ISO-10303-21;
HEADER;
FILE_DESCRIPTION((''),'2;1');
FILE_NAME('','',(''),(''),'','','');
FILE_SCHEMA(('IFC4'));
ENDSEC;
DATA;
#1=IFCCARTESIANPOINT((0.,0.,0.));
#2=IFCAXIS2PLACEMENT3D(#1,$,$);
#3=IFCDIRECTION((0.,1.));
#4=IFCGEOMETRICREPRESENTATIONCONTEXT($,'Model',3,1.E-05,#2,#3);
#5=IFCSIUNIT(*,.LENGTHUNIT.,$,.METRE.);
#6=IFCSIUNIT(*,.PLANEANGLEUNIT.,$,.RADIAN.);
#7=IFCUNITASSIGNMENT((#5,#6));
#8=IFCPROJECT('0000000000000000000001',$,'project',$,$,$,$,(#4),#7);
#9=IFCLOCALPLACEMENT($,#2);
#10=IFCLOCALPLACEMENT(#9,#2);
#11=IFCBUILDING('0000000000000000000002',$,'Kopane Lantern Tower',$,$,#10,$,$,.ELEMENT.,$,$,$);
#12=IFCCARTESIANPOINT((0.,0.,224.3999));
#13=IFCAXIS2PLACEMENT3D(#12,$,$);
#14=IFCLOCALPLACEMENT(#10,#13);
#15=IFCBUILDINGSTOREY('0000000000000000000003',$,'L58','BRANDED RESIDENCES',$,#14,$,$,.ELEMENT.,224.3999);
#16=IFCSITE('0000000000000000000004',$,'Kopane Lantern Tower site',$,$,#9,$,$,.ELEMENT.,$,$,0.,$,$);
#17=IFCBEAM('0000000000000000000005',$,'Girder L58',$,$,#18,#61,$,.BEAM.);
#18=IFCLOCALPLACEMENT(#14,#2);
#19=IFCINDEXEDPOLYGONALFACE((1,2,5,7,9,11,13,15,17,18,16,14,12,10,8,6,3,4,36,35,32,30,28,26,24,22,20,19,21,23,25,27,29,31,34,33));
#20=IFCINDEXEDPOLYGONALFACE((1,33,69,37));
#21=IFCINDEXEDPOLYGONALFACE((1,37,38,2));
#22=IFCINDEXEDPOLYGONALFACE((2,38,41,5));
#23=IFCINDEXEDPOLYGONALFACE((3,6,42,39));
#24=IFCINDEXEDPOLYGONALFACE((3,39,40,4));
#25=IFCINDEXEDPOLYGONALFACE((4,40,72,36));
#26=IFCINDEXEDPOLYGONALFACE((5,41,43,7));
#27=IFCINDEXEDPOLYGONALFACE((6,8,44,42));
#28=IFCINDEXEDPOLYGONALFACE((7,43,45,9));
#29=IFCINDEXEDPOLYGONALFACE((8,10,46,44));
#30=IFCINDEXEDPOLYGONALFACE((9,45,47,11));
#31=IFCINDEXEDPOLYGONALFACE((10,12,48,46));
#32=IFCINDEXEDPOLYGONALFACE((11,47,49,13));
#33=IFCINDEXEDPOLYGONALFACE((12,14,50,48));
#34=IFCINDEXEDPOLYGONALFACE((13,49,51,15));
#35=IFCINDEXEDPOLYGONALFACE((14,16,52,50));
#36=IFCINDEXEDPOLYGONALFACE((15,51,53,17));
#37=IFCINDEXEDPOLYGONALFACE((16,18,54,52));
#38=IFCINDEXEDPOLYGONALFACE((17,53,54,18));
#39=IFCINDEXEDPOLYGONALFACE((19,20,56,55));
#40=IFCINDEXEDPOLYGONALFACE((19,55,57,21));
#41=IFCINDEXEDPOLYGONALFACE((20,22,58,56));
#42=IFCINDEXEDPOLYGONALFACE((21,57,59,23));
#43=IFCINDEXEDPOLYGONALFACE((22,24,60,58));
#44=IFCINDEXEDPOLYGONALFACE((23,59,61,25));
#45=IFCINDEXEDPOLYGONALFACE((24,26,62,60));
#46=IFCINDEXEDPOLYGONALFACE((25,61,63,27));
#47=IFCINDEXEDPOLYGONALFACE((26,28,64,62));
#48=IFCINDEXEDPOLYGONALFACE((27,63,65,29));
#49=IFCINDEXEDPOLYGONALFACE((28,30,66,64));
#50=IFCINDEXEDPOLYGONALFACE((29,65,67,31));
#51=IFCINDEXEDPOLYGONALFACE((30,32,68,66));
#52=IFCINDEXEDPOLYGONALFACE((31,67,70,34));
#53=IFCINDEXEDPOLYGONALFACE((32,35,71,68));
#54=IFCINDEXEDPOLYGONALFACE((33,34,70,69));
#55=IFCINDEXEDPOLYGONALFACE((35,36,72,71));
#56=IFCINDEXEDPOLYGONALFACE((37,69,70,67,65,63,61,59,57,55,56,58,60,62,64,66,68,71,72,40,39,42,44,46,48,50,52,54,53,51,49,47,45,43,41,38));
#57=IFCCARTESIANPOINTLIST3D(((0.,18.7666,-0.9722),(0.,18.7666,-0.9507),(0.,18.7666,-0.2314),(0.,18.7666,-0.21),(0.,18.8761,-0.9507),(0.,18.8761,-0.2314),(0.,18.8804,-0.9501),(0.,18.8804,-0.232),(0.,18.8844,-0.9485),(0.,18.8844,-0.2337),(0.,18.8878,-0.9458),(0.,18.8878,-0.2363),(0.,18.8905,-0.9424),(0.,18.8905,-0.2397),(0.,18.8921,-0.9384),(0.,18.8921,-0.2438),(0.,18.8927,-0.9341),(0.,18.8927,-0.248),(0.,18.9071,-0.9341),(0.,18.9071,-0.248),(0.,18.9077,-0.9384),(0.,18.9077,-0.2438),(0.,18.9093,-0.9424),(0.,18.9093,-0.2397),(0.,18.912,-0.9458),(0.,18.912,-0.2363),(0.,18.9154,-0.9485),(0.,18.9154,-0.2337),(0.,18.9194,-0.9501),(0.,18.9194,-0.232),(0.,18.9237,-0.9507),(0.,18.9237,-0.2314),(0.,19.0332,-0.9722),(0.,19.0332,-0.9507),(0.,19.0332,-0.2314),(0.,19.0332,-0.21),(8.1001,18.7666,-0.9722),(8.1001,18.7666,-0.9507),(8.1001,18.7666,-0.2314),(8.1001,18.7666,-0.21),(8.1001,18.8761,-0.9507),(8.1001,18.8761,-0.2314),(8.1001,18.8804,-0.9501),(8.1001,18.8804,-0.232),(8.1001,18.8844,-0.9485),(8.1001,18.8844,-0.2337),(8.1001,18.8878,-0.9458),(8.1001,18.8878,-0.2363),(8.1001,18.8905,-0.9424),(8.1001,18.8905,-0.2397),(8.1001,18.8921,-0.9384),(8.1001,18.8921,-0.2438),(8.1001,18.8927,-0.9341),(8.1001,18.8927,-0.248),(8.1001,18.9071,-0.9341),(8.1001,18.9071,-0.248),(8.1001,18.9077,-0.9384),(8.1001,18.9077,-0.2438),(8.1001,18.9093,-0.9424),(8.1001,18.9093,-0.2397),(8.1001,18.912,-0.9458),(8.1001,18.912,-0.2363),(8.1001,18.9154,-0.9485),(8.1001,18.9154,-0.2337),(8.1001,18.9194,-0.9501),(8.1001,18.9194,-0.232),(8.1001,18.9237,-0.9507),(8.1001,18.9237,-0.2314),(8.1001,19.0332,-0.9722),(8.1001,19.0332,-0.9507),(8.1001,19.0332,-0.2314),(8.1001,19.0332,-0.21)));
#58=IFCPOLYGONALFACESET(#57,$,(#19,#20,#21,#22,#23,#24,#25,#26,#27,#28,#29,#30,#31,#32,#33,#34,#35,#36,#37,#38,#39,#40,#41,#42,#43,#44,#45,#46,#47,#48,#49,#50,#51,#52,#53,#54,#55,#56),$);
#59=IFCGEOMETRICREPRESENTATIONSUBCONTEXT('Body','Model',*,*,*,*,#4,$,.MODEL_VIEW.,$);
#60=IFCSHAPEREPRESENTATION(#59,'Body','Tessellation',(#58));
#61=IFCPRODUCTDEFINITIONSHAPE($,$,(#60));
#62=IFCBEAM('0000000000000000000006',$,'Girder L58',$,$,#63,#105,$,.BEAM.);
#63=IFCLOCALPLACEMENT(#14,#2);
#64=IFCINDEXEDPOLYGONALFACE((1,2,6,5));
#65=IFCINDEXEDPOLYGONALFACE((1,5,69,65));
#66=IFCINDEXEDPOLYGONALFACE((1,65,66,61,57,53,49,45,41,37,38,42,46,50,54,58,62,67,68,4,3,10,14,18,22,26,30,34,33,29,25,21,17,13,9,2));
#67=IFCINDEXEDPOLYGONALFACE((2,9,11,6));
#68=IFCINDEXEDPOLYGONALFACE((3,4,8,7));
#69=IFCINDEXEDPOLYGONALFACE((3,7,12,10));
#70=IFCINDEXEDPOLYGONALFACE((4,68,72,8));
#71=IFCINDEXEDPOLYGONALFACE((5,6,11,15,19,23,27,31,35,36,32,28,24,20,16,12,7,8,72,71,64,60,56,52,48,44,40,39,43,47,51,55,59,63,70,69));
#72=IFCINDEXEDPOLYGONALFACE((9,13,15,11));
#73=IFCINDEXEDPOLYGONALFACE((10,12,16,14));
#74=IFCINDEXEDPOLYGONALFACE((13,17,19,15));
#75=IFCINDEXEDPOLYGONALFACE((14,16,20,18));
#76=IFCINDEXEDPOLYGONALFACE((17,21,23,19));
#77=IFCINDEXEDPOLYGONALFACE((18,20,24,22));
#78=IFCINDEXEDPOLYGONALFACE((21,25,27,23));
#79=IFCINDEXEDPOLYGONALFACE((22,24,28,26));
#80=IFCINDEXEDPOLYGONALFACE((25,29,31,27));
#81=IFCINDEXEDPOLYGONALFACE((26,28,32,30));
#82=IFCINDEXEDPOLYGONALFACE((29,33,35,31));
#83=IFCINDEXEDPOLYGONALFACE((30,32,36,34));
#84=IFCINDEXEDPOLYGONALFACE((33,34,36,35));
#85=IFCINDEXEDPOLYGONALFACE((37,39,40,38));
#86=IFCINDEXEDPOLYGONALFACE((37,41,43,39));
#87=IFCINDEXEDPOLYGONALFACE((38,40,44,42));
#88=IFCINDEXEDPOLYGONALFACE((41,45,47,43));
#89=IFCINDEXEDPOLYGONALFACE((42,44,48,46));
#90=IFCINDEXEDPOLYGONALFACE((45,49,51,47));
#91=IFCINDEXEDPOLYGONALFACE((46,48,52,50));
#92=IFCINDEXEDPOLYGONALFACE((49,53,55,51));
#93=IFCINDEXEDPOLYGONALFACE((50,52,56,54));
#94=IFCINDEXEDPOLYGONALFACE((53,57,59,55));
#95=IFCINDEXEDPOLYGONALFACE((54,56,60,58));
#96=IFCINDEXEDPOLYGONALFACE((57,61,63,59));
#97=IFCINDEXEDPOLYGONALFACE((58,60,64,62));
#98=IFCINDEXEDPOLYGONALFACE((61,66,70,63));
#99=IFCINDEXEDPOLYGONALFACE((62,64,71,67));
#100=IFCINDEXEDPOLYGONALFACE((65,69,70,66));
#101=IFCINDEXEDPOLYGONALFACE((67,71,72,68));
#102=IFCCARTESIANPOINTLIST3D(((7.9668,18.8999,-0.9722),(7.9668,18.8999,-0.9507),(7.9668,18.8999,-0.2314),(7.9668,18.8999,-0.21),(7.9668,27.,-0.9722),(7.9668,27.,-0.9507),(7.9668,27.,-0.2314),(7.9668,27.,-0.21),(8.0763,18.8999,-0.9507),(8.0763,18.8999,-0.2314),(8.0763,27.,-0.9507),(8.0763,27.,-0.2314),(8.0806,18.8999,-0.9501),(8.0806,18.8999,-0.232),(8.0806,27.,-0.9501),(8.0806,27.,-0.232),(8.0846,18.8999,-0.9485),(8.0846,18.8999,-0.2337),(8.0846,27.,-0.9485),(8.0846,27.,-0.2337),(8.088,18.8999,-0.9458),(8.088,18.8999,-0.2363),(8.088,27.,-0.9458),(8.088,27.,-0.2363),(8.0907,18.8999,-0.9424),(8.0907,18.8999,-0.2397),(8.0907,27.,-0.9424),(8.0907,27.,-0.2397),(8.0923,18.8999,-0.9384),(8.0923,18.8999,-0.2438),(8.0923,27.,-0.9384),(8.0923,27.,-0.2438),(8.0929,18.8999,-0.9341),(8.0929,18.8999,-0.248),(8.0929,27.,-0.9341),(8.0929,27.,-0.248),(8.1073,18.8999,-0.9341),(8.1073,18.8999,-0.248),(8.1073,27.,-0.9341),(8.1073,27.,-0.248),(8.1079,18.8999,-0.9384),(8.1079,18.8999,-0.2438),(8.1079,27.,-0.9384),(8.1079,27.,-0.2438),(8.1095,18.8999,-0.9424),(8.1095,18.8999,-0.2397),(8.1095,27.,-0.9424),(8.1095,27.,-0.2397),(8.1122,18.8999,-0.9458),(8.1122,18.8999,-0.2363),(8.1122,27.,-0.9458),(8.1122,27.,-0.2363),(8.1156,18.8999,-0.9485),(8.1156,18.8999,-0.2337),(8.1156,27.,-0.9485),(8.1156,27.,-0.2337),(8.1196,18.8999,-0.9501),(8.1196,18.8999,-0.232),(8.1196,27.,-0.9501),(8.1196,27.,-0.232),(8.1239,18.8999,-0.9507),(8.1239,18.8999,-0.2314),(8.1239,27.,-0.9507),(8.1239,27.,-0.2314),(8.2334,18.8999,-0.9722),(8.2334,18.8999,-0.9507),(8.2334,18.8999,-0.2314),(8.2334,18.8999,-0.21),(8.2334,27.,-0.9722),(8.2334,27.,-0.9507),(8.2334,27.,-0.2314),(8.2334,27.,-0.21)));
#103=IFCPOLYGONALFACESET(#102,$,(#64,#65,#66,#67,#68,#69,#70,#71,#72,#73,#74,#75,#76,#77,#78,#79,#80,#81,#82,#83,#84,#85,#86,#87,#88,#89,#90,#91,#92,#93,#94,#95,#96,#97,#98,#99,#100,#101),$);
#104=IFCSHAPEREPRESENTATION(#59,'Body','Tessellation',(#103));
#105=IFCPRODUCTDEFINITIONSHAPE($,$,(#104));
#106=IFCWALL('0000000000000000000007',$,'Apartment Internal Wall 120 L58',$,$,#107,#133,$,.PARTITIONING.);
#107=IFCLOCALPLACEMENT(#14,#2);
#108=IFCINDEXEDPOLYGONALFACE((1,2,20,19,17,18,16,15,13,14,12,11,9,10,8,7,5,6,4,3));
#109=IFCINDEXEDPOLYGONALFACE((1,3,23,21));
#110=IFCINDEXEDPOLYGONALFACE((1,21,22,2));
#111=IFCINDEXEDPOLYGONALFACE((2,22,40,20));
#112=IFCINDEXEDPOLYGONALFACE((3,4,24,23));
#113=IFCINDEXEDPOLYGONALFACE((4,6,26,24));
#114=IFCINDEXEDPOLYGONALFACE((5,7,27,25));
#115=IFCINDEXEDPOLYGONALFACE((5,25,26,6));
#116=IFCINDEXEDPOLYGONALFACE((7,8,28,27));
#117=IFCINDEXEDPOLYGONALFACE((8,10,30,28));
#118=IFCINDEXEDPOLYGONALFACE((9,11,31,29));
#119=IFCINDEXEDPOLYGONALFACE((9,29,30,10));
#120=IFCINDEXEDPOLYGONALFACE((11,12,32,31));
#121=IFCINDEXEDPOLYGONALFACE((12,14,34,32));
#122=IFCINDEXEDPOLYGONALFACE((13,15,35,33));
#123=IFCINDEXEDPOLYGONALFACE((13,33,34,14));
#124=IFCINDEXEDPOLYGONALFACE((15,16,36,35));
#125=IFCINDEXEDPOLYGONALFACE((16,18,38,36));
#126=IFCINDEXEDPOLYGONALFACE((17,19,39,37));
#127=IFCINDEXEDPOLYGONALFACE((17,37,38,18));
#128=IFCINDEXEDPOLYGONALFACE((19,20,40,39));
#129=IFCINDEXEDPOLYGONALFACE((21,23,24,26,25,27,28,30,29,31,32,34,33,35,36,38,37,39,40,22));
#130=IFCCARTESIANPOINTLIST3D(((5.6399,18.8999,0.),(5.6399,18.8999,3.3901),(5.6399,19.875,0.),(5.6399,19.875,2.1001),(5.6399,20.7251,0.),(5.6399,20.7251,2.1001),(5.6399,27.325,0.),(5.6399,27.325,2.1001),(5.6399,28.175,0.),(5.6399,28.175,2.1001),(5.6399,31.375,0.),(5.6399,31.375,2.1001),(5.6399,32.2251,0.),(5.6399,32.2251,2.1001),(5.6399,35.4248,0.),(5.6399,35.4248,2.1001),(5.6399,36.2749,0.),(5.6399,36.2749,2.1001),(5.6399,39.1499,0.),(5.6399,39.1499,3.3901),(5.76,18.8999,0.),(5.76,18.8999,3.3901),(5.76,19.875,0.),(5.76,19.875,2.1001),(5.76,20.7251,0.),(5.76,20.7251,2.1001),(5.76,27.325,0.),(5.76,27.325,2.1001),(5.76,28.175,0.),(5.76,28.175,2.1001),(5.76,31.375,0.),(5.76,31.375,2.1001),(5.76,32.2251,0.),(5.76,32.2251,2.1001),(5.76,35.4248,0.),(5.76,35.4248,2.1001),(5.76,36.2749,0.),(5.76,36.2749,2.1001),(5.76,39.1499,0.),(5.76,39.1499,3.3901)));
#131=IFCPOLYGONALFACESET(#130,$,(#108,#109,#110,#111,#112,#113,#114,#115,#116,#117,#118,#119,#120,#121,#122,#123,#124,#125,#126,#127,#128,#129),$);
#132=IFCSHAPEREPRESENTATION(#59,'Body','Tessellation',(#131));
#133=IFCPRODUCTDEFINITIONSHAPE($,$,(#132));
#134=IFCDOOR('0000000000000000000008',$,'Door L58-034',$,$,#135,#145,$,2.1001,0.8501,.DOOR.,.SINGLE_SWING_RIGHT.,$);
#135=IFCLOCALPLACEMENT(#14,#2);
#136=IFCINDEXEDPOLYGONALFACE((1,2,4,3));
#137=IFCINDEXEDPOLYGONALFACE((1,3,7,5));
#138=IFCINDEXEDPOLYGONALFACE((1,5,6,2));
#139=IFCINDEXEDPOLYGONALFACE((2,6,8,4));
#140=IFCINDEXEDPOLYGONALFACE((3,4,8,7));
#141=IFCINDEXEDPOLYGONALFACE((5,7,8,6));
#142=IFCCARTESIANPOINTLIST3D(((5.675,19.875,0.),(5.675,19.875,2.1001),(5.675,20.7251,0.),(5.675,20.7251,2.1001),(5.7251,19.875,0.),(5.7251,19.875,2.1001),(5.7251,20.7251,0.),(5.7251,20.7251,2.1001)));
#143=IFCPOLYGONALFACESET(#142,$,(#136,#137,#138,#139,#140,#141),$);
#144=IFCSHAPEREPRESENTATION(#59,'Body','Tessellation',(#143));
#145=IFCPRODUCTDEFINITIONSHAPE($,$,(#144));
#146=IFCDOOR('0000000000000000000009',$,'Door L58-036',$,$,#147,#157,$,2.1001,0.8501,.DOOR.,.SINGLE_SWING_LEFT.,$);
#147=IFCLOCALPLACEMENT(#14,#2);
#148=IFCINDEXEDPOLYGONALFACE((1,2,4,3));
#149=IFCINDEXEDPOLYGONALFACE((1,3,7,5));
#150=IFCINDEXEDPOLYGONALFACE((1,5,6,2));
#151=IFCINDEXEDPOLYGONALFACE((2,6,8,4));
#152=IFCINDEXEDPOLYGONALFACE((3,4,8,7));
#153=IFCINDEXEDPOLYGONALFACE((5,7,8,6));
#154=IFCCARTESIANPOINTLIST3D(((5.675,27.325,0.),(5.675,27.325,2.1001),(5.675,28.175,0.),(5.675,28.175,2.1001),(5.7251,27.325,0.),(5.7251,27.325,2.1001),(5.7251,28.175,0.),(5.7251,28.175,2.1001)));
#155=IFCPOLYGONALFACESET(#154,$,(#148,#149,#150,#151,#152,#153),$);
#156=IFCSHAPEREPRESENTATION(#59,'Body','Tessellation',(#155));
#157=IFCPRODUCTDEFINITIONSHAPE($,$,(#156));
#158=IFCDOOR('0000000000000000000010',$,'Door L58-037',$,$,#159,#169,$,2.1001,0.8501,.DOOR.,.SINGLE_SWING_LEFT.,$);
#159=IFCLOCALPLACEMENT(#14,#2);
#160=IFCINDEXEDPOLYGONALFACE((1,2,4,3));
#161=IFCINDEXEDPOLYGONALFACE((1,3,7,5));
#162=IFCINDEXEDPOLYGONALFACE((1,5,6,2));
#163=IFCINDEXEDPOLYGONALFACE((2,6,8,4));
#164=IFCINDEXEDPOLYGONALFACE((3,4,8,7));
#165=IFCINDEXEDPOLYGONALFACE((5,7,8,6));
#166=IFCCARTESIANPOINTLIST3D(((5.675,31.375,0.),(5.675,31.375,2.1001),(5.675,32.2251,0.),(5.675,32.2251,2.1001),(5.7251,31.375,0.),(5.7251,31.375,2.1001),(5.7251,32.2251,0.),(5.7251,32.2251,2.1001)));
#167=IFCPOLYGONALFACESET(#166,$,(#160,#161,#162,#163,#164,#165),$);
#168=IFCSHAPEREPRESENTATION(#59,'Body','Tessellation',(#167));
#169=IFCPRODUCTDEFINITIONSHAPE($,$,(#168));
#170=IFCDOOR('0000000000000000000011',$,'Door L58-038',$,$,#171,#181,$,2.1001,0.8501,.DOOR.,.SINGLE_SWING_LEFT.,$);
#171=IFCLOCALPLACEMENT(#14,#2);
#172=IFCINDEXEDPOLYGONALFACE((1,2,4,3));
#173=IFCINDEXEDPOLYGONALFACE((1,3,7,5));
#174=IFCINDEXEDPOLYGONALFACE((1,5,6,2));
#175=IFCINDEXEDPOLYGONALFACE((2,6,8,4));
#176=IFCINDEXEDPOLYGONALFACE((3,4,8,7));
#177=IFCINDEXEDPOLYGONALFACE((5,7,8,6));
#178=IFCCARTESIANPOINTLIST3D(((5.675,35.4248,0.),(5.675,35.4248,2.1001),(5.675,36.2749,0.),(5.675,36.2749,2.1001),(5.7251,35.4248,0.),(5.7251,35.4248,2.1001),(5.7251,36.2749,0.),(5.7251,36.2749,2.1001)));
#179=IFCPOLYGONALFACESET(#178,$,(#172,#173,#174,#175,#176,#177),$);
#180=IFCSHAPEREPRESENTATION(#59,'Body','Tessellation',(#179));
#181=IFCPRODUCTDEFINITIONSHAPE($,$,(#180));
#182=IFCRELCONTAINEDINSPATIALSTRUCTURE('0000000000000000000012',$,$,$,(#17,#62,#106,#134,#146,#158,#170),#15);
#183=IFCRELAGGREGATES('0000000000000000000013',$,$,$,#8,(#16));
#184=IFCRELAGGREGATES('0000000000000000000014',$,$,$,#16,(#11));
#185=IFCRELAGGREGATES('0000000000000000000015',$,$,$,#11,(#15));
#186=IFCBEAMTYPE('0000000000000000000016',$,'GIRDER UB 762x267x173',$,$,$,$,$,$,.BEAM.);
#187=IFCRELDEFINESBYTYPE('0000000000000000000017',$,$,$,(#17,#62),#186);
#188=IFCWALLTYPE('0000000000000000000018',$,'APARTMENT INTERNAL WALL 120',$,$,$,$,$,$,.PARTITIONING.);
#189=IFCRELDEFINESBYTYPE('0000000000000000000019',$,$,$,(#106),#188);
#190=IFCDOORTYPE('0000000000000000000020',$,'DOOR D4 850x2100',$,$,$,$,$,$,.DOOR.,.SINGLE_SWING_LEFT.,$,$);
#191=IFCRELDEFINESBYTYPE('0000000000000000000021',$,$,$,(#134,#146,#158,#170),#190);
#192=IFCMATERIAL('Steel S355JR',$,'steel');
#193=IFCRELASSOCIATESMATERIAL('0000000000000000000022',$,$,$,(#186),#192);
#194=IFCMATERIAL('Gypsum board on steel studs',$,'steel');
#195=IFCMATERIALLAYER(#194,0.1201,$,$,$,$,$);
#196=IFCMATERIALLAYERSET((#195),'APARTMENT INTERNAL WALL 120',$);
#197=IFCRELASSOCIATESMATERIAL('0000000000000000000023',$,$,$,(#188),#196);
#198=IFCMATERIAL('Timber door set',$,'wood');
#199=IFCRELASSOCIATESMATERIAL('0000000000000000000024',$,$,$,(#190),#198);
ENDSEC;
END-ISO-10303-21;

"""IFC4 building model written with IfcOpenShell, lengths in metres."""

from ifc_helpers import new_model, si_unit, direction, frame, frame_2d, origin, origin_2d, place, context, subcontext, project, spatial, rectangle, i_section, extrude, material, layer, layer_set, material_profile, profile_set, type_object, element, fill, save


model = new_model("IFC4")

# Units and contexts
model_context = context("Model", 3, precision=1e-05, world=origin(), true_north=direction((0.0, 1.0)))
body_context = subcontext(model_context, "Body", "Model", "MODEL_VIEW")
ifc_project = project(units=[si_unit("LENGTHUNIT", "METRE"), si_unit("PLANEANGLEUNIT", "RADIAN")], contexts=[model_context])

# Site, building, storey
site_placement = place(None, origin())
site = spatial("IfcSite", under=ifc_project, at=site_placement, Name="Kopane Lantern Tower site", CompositionType="ELEMENT", RefElevation=0.0)
building_placement = place(site_placement, origin())
building = spatial("IfcBuilding", under=site, at=building_placement, Name="Kopane Lantern Tower", CompositionType="ELEMENT")
storey_placement = place(building_placement, frame((0.0, 0.0, 224.3999)))
storey = spatial("IfcBuildingStorey", under=building, at=storey_placement, Name="L58", Description="BRANDED RESIDENCES", CompositionType="ELEMENT", Elevation=224.3999)

# Beams
ifc_material_1 = material(Name="Steel S355JR", Category="steel")
ifc_material_profile_1 = material_profile(ifc_material_1, i_section(OverallWidth=0.2666, OverallDepth=0.7622, WebThickness=0.0144, FlangeThickness=0.0215, FilletRadius=0.0166, at=origin_2d()), Name="UB 762x267x173")
ifc_profile_set_1 = profile_set([ifc_material_profile_1], Name="Steel S355JR")
beam_type_1 = type_object("IfcBeamType", Name="GIRDER UB 762x267x173", PredefinedType="BEAM", material=ifc_profile_set_1)
for number, where, z_axis, x_axis, name in (
    (1, (0.0, 18.8999, -0.5911), (1.0, 0.0, 0.0), (0.0, 1.0, 0.0), "Girder L58"),
    (2, (8.1001, 18.8999, -0.5911), (0.0, 1.0, 0.0), (-1.0, 0.0, 0.0), "Girder L58"),
):
    element("IfcBeam", number, at=place(storey_placement, frame(where, z_axis=z_axis, x_axis=x_axis)), inside=storey, type_object=beam_type_1, Name=name, PredefinedType="BEAM", context=body_context, shape_type="SweptSolid", body=[
        extrude(i_section(OverallWidth=0.2666, OverallDepth=0.7622, WebThickness=0.0144, FlangeThickness=0.0215, FilletRadius=0.0166, at=origin_2d()), origin(), (0.0, 0.0, 1.0), 8.1001),
    ])

# Wall, openings, doors
ifc_material_2 = material(Name="Gypsum board on steel studs", Category="steel")
ifc_layer_1 = layer(ifc_material_2, 0.1201)
ifc_layer_set_1 = layer_set([ifc_layer_1], Name="APARTMENT INTERNAL WALL 120")
wall_type_1 = type_object("IfcWallType", Name="APARTMENT INTERNAL WALL 120", PredefinedType="PARTITIONING", material=ifc_layer_set_1)
wall_1_placement = place(storey_placement, frame((5.7, 18.8999, 0.0), z_axis=(0.0, 0.0, 1.0), x_axis=(0.0, 1.0, 0.0)))
wall_1 = element("IfcWall", 3, at=wall_1_placement, inside=storey, type_object=wall_type_1, Name="Apartment Internal Wall 120 L58", PredefinedType="PARTITIONING", context=body_context, shape_type="SweptSolid", body=[
    extrude(rectangle(XDim=20.25, YDim=0.1201, at=frame_2d((10.125, 0.0))), origin(), (0.0, 0.0, 1.0), 3.3901),
])
opening_1_placement = place(wall_1_placement, frame((0.9751, 0.0, 0.0)))
opening_1 = element("IfcOpeningElement", 4, at=opening_1_placement, cuts=wall_1, PredefinedType="OPENING", context=body_context, shape_type="SweptSolid", body=[
    extrude(rectangle(XDim=0.8501, YDim=2.1001, at=frame_2d((0.425, 1.05))), frame((0.0, 0.0701, 0.0), z_axis=(0.0, -1.0, 0.0), x_axis=(1.0, 0.0, 0.0)), (0.0, 0.0, 1.0), 0.1401),
])
opening_2_placement = place(wall_1_placement, frame((8.425, 0.0, 0.0)))
opening_2 = element("IfcOpeningElement", 5, at=opening_2_placement, cuts=wall_1, PredefinedType="OPENING", context=body_context, shape_type="SweptSolid", body=[
    extrude(rectangle(XDim=0.8501, YDim=2.1001, at=frame_2d((0.425, 1.05))), frame((0.0, 0.0701, 0.0), z_axis=(0.0, -1.0, 0.0), x_axis=(1.0, 0.0, 0.0)), (0.0, 0.0, 1.0), 0.1401),
])
opening_3_placement = place(wall_1_placement, frame((12.4751, 0.0, 0.0)))
opening_3 = element("IfcOpeningElement", 6, at=opening_3_placement, cuts=wall_1, PredefinedType="OPENING", context=body_context, shape_type="SweptSolid", body=[
    extrude(rectangle(XDim=0.8501, YDim=2.1001, at=frame_2d((0.425, 1.05))), frame((0.0, 0.0701, 0.0), z_axis=(0.0, -1.0, 0.0), x_axis=(1.0, 0.0, 0.0)), (0.0, 0.0, 1.0), 0.1401),
])
opening_4_placement = place(wall_1_placement, frame((16.5249, 0.0, 0.0)))
opening_4 = element("IfcOpeningElement", 7, at=opening_4_placement, cuts=wall_1, PredefinedType="OPENING", context=body_context, shape_type="SweptSolid", body=[
    extrude(rectangle(XDim=0.8501, YDim=2.1001, at=frame_2d((0.425, 1.05))), frame((0.0, 0.0701, 0.0), z_axis=(0.0, -1.0, 0.0), x_axis=(1.0, 0.0, 0.0)), (0.0, 0.0, 1.0), 0.1401),
])
ifc_material_3 = material(Name="Timber door set", Category="wood")
door_type = type_object("IfcDoorType", Name="DOOR D4 850x2100", OperationType="SINGLE_SWING_LEFT", PredefinedType="DOOR", material=ifc_material_3)
door_1_placement = place(opening_1_placement, origin())
door_1 = element("IfcDoor", 8, at=door_1_placement, inside=storey, type_object=door_type, Name="Door L58-034", OperationType="SINGLE_SWING_RIGHT", OverallHeight=2.1001, OverallWidth=0.8501, PredefinedType="DOOR", context=body_context, shape_type="SweptSolid", body=[
    extrude(rectangle(XDim=0.8501, YDim=2.1001, at=frame_2d((0.425, 1.05))), frame((0.0, 0.0249, 0.0), z_axis=(0.0, -1.0, 0.0), x_axis=(1.0, 0.0, 0.0)), (0.0, 0.0, 1.0), 0.05),
])
fill(opening_1, door_1)
door_2_placement = place(opening_2_placement, origin())
door_2 = element("IfcDoor", 9, at=door_2_placement, inside=storey, type_object=door_type, Name="Door L58-036", OperationType="SINGLE_SWING_LEFT", OverallHeight=2.1001, OverallWidth=0.8501, PredefinedType="DOOR", context=body_context, shape_type="SweptSolid", body=[
    extrude(rectangle(XDim=0.8501, YDim=2.1001, at=frame_2d((0.425, 1.05))), frame((0.0, 0.0249, 0.0), z_axis=(0.0, -1.0, 0.0), x_axis=(1.0, 0.0, 0.0)), (0.0, 0.0, 1.0), 0.05),
])
fill(opening_2, door_2)
door_3_placement = place(opening_3_placement, origin())
door_3 = element("IfcDoor", 10, at=door_3_placement, inside=storey, type_object=door_type, Name="Door L58-037", OperationType="SINGLE_SWING_LEFT", OverallHeight=2.1001, OverallWidth=0.8501, PredefinedType="DOOR", context=body_context, shape_type="SweptSolid", body=[
    extrude(rectangle(XDim=0.8501, YDim=2.1001, at=frame_2d((0.425, 1.05))), frame((0.0, 0.0249, 0.0), z_axis=(0.0, -1.0, 0.0), x_axis=(1.0, 0.0, 0.0)), (0.0, 0.0, 1.0), 0.05),
])
fill(opening_3, door_3)
door_4_placement = place(opening_4_placement, origin())
door_4 = element("IfcDoor", 11, at=door_4_placement, inside=storey, type_object=door_type, Name="Door L58-038", OperationType="SINGLE_SWING_LEFT", OverallHeight=2.1001, OverallWidth=0.8501, PredefinedType="DOOR", context=body_context, shape_type="SweptSolid", body=[
    extrude(rectangle(XDim=0.8501, YDim=2.1001, at=frame_2d((0.425, 1.05))), frame((0.0, 0.0249, 0.0), z_axis=(0.0, -1.0, 0.0), x_axis=(1.0, 0.0, 0.0)), (0.0, 0.0, 1.0), 0.05),
])
fill(opening_4, door_4)

save(model, "model.ifc")
